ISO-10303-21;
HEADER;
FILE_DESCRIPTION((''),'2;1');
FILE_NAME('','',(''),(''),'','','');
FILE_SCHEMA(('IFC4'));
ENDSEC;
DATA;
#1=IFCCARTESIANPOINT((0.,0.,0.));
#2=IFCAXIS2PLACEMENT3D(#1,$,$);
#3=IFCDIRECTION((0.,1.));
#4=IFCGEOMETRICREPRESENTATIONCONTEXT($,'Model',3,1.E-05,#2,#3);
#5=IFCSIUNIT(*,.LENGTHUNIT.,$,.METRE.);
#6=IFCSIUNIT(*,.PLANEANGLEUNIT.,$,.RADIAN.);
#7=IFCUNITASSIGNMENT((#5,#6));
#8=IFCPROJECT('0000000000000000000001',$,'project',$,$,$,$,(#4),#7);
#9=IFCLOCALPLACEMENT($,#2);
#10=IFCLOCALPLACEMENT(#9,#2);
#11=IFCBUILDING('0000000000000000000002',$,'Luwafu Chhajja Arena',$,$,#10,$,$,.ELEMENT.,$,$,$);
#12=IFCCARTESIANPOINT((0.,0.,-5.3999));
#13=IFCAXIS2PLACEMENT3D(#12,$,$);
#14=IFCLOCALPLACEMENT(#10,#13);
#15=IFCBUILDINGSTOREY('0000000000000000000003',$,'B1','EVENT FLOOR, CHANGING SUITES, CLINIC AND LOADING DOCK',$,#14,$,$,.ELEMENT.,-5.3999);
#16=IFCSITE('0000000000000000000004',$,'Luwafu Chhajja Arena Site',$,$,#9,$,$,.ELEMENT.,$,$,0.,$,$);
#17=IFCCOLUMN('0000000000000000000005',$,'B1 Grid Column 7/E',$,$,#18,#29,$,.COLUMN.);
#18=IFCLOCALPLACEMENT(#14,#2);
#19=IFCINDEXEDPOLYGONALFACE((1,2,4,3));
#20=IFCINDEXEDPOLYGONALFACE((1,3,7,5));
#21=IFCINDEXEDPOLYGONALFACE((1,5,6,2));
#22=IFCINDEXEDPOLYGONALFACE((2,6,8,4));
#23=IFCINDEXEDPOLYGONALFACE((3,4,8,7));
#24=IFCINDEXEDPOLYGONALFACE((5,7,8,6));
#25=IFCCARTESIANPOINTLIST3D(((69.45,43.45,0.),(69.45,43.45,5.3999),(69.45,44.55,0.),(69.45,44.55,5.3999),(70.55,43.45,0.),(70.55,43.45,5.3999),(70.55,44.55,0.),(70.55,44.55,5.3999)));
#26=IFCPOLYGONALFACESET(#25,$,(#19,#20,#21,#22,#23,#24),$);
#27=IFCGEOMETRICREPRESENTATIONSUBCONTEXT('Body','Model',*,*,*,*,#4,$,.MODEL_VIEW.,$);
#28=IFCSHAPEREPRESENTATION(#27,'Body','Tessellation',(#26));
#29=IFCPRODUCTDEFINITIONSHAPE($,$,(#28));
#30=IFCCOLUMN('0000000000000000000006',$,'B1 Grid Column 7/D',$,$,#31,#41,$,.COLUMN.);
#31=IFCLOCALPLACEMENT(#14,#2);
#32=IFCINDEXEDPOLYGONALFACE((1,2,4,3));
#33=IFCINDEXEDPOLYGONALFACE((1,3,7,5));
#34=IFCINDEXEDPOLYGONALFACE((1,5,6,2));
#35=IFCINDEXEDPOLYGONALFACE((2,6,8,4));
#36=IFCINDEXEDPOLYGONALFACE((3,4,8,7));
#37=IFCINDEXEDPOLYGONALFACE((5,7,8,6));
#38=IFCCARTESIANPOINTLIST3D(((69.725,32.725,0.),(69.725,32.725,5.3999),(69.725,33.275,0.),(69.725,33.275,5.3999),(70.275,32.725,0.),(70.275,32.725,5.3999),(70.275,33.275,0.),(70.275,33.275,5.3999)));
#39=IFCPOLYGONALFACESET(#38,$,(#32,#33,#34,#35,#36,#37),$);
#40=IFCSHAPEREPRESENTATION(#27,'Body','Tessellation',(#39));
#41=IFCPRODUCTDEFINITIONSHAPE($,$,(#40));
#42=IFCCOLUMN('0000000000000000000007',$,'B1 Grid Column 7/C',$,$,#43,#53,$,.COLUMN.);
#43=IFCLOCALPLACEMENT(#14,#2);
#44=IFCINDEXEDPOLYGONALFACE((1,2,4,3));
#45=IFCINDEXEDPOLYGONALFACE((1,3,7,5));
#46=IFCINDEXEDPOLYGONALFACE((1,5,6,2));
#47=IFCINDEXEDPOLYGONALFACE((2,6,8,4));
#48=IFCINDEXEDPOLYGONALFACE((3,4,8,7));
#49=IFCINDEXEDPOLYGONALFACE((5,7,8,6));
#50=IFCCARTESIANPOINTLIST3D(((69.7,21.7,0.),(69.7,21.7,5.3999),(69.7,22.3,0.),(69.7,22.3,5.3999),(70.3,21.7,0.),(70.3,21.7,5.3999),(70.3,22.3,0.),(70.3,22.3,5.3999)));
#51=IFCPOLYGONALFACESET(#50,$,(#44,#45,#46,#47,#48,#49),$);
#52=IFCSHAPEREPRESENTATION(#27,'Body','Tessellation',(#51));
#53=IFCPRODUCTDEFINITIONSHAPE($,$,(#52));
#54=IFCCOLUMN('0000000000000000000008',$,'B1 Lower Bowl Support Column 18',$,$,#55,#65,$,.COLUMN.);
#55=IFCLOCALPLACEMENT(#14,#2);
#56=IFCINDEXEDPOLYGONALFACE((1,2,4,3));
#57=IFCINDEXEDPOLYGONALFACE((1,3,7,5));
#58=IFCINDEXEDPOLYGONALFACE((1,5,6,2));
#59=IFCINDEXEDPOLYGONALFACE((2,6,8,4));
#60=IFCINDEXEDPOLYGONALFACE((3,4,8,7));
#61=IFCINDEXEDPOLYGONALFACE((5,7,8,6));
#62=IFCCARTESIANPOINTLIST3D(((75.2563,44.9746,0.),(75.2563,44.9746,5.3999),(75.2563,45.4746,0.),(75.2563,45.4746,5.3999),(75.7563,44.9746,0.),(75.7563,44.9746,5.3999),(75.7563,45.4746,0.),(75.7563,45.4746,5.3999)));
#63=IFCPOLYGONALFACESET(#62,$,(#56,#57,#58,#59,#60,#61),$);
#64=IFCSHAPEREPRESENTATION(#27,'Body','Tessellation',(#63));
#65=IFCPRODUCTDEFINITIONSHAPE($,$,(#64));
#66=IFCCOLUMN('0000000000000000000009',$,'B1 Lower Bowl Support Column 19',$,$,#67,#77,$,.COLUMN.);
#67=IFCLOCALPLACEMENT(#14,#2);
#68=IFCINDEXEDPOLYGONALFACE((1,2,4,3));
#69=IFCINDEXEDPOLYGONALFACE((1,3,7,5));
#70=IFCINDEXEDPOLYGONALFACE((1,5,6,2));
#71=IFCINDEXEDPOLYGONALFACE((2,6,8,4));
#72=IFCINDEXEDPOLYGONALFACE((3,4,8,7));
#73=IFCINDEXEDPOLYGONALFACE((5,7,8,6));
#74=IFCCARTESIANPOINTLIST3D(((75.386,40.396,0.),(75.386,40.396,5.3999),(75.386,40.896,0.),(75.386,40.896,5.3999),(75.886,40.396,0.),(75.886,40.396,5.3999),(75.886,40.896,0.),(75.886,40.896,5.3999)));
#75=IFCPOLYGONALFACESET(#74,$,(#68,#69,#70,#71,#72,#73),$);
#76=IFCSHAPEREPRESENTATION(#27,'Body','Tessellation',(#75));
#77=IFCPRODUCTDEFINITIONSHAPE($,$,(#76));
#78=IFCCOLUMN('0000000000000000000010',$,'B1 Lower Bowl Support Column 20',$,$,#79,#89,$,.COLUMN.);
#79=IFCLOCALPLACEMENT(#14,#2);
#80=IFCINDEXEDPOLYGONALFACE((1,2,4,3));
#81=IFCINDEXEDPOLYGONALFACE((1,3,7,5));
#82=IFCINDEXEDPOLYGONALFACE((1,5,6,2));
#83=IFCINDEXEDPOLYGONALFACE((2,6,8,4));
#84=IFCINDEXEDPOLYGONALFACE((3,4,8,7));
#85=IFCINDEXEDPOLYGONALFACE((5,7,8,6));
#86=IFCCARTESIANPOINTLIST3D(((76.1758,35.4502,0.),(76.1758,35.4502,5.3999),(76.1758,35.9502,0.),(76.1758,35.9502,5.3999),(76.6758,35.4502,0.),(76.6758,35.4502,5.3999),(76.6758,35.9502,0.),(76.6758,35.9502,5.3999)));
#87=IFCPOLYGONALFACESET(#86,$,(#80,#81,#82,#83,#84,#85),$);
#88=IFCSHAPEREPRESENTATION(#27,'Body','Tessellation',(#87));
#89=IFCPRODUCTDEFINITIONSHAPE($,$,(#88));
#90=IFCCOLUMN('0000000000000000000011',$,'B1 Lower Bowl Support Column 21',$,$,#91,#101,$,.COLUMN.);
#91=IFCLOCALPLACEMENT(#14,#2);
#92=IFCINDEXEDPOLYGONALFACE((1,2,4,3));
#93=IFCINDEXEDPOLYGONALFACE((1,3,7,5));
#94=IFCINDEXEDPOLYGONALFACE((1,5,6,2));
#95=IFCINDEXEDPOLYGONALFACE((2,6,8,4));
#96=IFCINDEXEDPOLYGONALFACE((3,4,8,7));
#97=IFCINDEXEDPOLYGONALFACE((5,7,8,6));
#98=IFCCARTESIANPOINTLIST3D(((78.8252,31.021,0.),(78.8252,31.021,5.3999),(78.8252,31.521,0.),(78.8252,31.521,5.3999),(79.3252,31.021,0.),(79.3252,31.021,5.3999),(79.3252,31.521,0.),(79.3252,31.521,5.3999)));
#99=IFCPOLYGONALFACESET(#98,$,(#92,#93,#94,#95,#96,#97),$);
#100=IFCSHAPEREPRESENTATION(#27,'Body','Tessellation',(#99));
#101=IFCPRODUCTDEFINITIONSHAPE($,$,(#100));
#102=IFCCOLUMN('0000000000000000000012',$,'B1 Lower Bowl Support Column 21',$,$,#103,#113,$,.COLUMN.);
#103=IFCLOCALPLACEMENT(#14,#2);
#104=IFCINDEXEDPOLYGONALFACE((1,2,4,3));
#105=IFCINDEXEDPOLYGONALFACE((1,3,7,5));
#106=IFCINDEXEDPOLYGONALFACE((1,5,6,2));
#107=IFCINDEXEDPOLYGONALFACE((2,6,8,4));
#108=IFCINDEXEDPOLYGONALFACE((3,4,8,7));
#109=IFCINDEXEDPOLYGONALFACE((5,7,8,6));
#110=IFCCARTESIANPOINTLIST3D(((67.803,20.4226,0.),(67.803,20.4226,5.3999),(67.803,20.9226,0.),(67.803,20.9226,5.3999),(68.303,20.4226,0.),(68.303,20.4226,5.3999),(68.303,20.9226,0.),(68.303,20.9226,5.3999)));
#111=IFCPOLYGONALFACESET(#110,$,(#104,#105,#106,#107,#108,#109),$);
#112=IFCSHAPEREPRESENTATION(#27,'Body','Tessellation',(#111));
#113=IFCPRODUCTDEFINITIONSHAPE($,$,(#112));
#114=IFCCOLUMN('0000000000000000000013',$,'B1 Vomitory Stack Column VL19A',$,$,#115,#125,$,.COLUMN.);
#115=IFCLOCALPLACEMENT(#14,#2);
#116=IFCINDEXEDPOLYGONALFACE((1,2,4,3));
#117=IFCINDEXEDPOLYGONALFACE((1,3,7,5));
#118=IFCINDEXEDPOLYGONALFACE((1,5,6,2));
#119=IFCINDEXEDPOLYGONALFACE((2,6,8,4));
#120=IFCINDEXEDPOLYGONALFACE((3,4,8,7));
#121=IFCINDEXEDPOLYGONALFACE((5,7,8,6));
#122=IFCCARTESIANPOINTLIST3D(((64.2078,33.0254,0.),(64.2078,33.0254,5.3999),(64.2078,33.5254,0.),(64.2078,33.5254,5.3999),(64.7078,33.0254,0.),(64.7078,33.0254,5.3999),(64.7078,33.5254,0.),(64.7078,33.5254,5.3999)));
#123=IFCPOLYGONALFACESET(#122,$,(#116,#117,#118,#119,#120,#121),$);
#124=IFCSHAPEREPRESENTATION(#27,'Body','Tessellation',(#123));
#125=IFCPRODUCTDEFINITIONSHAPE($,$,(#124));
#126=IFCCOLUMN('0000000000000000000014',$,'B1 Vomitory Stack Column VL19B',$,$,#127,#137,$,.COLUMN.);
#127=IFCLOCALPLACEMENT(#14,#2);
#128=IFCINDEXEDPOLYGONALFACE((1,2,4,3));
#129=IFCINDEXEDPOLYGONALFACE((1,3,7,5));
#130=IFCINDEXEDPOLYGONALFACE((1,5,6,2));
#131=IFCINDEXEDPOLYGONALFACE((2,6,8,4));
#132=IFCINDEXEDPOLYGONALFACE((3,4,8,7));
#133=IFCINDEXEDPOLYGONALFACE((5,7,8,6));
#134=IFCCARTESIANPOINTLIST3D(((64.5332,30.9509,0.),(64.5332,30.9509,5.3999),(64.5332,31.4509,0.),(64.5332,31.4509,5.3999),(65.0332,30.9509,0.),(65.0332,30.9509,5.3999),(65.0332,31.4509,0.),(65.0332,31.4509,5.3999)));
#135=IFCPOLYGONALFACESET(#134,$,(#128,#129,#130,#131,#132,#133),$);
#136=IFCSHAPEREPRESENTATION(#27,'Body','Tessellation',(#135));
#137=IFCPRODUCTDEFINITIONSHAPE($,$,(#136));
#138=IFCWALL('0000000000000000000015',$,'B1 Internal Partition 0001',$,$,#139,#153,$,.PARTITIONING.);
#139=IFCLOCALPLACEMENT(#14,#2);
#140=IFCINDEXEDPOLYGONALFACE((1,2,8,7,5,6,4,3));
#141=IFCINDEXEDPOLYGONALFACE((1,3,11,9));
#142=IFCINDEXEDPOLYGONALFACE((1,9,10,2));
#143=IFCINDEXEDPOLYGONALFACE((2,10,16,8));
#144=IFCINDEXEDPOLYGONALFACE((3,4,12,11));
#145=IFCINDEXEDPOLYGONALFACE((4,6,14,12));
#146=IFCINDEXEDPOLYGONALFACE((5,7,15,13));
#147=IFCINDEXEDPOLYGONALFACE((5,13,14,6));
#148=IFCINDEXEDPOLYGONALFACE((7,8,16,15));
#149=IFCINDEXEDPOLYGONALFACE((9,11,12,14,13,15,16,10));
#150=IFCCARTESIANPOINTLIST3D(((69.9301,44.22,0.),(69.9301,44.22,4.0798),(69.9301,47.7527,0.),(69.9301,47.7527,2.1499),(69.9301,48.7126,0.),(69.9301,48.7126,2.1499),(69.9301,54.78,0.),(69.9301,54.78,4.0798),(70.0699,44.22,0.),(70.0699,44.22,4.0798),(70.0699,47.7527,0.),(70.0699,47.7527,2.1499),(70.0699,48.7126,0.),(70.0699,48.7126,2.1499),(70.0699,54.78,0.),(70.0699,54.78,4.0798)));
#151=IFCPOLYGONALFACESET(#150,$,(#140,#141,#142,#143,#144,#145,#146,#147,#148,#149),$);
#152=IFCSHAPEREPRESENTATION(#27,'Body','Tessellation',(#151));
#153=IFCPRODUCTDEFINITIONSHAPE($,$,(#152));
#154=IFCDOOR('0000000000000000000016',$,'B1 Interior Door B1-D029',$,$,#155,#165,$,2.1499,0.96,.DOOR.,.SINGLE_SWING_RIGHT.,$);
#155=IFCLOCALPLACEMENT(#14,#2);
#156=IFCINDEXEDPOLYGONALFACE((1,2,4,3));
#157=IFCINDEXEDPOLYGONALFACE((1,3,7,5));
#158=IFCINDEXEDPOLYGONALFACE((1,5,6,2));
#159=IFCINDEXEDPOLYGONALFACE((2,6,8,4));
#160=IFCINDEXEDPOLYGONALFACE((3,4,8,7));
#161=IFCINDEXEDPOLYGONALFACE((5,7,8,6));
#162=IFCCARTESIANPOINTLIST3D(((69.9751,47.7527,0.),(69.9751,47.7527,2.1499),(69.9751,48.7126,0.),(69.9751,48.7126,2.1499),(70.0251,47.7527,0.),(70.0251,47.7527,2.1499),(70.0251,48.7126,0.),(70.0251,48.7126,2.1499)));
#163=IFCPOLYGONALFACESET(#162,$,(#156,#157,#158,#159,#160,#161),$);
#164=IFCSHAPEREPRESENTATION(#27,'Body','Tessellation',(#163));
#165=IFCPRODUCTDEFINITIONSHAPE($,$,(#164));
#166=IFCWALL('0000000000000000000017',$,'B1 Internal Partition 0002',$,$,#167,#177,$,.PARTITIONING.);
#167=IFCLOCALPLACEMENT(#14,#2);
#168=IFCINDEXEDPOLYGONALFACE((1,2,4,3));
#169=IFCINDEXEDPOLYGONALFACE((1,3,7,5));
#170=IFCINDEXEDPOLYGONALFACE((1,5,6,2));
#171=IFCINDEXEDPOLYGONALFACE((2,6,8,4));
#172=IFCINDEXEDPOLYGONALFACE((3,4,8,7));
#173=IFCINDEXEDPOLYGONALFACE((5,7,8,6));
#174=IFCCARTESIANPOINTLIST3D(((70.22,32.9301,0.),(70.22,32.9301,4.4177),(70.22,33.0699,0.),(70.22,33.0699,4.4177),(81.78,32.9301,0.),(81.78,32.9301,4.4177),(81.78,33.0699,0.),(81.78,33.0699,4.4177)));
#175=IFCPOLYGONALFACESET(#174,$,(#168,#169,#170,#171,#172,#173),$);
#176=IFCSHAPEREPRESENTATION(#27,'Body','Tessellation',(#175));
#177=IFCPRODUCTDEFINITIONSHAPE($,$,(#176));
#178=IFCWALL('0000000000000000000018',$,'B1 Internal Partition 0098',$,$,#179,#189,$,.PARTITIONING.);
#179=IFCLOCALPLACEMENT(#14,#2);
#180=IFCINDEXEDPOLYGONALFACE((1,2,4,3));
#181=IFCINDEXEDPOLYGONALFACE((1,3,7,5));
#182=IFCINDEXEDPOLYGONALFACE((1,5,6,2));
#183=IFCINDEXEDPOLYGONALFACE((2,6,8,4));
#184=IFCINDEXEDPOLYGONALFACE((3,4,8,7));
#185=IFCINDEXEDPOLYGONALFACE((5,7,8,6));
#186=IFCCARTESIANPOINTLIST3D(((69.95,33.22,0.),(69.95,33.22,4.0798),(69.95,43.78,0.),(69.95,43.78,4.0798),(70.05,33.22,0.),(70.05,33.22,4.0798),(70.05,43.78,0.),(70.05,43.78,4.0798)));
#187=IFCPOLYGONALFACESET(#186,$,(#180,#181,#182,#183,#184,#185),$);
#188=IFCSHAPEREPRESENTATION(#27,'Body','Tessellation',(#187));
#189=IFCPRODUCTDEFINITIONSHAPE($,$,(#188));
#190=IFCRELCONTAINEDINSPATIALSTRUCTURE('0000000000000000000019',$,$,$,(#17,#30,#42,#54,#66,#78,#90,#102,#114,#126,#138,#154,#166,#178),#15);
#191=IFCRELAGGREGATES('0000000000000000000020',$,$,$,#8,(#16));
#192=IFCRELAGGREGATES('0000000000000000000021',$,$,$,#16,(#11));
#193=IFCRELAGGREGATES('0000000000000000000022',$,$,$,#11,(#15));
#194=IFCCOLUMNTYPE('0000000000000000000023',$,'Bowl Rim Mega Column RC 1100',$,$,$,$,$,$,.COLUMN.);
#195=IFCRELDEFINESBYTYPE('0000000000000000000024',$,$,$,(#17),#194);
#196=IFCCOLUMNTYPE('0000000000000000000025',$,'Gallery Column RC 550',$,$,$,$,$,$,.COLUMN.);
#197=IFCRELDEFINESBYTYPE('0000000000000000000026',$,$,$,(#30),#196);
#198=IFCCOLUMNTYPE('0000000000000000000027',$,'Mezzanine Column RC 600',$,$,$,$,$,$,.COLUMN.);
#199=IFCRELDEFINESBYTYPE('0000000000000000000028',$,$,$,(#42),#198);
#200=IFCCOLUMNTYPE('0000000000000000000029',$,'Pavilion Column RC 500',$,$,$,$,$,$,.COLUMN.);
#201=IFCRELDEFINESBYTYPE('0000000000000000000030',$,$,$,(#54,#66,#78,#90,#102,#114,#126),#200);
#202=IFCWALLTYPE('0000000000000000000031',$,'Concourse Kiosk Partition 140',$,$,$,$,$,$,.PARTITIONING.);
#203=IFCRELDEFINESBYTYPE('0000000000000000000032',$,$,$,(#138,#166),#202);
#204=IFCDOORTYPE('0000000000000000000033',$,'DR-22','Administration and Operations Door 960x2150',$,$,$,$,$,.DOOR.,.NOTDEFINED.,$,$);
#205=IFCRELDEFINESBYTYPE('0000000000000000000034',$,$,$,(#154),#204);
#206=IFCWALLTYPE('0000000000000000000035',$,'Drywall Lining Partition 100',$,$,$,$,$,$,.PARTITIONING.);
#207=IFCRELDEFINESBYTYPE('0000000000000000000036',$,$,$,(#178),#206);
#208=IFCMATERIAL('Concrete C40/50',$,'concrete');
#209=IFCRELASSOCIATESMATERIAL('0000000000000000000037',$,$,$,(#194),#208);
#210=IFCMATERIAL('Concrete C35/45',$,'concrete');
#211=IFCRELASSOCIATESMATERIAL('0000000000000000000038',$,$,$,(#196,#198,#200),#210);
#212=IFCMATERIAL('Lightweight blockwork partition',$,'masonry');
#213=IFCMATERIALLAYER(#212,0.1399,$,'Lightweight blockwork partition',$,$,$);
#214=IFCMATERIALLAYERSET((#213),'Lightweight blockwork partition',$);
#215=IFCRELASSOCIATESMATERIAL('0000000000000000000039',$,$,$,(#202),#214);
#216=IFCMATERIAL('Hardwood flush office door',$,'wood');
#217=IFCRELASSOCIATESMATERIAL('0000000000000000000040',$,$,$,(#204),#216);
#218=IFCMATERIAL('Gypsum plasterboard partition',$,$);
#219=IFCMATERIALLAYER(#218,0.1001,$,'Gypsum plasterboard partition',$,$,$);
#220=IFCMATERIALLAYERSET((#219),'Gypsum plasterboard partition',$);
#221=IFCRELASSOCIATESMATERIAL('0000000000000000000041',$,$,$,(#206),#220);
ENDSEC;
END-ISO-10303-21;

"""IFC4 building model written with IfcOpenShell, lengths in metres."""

from ifc_helpers import new_model, si_unit, direction, frame, frame_2d, origin, origin_2d, place, context, subcontext, project, spatial, rectangle, extrude, material, layer, layer_set, material_profile, profile_set, type_object, element, fill, save


model = new_model("IFC4")

# Units and contexts
model_context = context("Model", 3, precision=1e-05, world=origin(), true_north=direction((0.0, 1.0)))
body_context = subcontext(model_context, "Body", "Model", "MODEL_VIEW")
ifc_project = project(units=[si_unit("LENGTHUNIT", "METRE"), si_unit("PLANEANGLEUNIT", "RADIAN")], contexts=[model_context])

# Site, building, storey
site_placement = place(None, origin())
site = spatial("IfcSite", under=ifc_project, at=site_placement, Name="Luwafu Chhajja Arena Site", CompositionType="ELEMENT", RefElevation=0.0)
building_placement = place(site_placement, origin())
building = spatial("IfcBuilding", under=site, at=building_placement, Name="Luwafu Chhajja Arena", CompositionType="ELEMENT")
storey_placement = place(building_placement, frame((0.0, 0.0, -5.3999)))
storey = spatial("IfcBuildingStorey", under=building, at=storey_placement, Name="B1", Description="EVENT FLOOR, CHANGING SUITES, CLINIC AND LOADING DOCK", CompositionType="ELEMENT", Elevation=-5.3999)

# Shared definitions
ifc_material_1 = material(Name="Concrete C35/45", Category="concrete")

# Columns
ifc_material_2 = material(Name="Concrete C40/50", Category="concrete")
ifc_material_profile_1 = material_profile(ifc_material_2, rectangle(XDim=1.1001, YDim=1.1001, at=origin_2d()), Name="RC 1100x1100")
ifc_profile_set_1 = profile_set([ifc_material_profile_1], Name="Concrete C40/50")
column_type_1 = type_object("IfcColumnType", Name="Bowl Rim Mega Column RC 1100", PredefinedType="COLUMN", material=ifc_profile_set_1)
column_1_placement = place(storey_placement, frame((70.0, 44.0, 0.0), z_axis=(0.0, 0.0, 1.0), x_axis=(1.0, 0.0, 0.0)))
element("IfcColumn", 1, at=column_1_placement, inside=storey, type_object=column_type_1, Name="B1 Grid Column 7/E", PredefinedType="COLUMN", context=body_context, shape_type="SweptSolid", body=[
    extrude(rectangle(XDim=1.1001, YDim=1.1001, at=origin_2d()), origin(), (0.0, 0.0, 1.0), 5.3999),
])
ifc_material_profile_2 = material_profile(ifc_material_1, rectangle(XDim=0.55, YDim=0.55, at=origin_2d()), Name="RC 550x550")
ifc_profile_set_2 = profile_set([ifc_material_profile_2], Name="Concrete C35/45")
column_type_2 = type_object("IfcColumnType", Name="Gallery Column RC 550", PredefinedType="COLUMN", material=ifc_profile_set_2)
column_2_placement = place(storey_placement, frame((70.0, 33.0, 0.0), z_axis=(0.0, 0.0, 1.0), x_axis=(1.0, 0.0, 0.0)))
element("IfcColumn", 2, at=column_2_placement, inside=storey, type_object=column_type_2, Name="B1 Grid Column 7/D", PredefinedType="COLUMN", context=body_context, shape_type="SweptSolid", body=[
    extrude(rectangle(XDim=0.55, YDim=0.55, at=origin_2d()), origin(), (0.0, 0.0, 1.0), 5.3999),
])
ifc_material_profile_3 = material_profile(ifc_material_1, rectangle(XDim=0.6001, YDim=0.6001, at=origin_2d()), Name="RC 600x600")
ifc_profile_set_3 = profile_set([ifc_material_profile_3], Name="Concrete C35/45")
column_type_3 = type_object("IfcColumnType", Name="Mezzanine Column RC 600", PredefinedType="COLUMN", material=ifc_profile_set_3)
column_3_placement = place(storey_placement, frame((70.0, 22.0, 0.0), z_axis=(0.0, 0.0, 1.0), x_axis=(1.0, 0.0, 0.0)))
element("IfcColumn", 3, at=column_3_placement, inside=storey, type_object=column_type_3, Name="B1 Grid Column 7/C", PredefinedType="COLUMN", context=body_context, shape_type="SweptSolid", body=[
    extrude(rectangle(XDim=0.6001, YDim=0.6001, at=origin_2d()), origin(), (0.0, 0.0, 1.0), 5.3999),
])
ifc_material_profile_4 = material_profile(ifc_material_1, rectangle(XDim=0.5, YDim=0.5, at=origin_2d()), Name="RC 500x500")
ifc_profile_set_4 = profile_set([ifc_material_profile_4], Name="Concrete C35/45")
column_type_4 = type_object("IfcColumnType", Name="Pavilion Column RC 500", PredefinedType="COLUMN", material=ifc_profile_set_4)
for number, where, z_axis, x_axis, name in (
    (4, (75.5063, 45.2246, 0.0), (0.0, 0.0, 1.0), (1.0, 0.0, 0.0), "B1 Lower Bowl Support Column 18"),
    (5, (75.636, 40.646, 0.0), (0.0, 0.0, 1.0), (1.0, 0.0, 0.0), "B1 Lower Bowl Support Column 19"),
    (6, (76.4258, 35.7002, 0.0), (0.0, 0.0, 1.0), (1.0, 0.0, 0.0), "B1 Lower Bowl Support Column 20"),
    (7, (79.0752, 31.271, 0.0), (0.0, 0.0, 1.0), (1.0, 0.0, 0.0), "B1 Lower Bowl Support Column 21"),
    (8, (68.053, 20.6726, 0.0), (0.0, 0.0, 1.0), (1.0, 0.0, 0.0), "B1 Lower Bowl Support Column 21"),
    (9, (64.4578, 33.2754, 0.0), (0.0, 0.0, 1.0), (1.0, 0.0, 0.0), "B1 Vomitory Stack Column VL19A"),
    (10, (64.7832, 31.2009, 0.0), (0.0, 0.0, 1.0), (1.0, 0.0, 0.0), "B1 Vomitory Stack Column VL19B"),
):
    element("IfcColumn", number, at=place(storey_placement, frame(where, z_axis=z_axis, x_axis=x_axis)), inside=storey, type_object=column_type_4, Name=name, PredefinedType="COLUMN", context=body_context, shape_type="SweptSolid", body=[
        extrude(rectangle(XDim=0.5, YDim=0.5, at=origin_2d()), origin(), (0.0, 0.0, 1.0), 5.3999),
    ])

# Wall, opening, door
ifc_material_3 = material(Name="Lightweight blockwork partition", Category="masonry")
ifc_layer_1 = layer(ifc_material_3, 0.1399, Name="Lightweight blockwork partition")
ifc_layer_set_1 = layer_set([ifc_layer_1], Name="Lightweight blockwork partition")
wall_type_1 = type_object("IfcWallType", Name="Concourse Kiosk Partition 140", PredefinedType="PARTITIONING", material=ifc_layer_set_1)
wall_1_placement = place(storey_placement, frame((70.0, 44.22, 0.0), z_axis=(0.0, 0.0, 1.0), x_axis=(0.0, 1.0, 0.0)))
wall_1 = element("IfcWall", 11, at=wall_1_placement, inside=storey, type_object=wall_type_1, Name="B1 Internal Partition 0001", PredefinedType="PARTITIONING", context=body_context, shape_type="SweptSolid", body=[
    extrude(rectangle(XDim=10.5601, YDim=0.1399, at=frame_2d((5.28, 0.0))), origin(), (0.0, 0.0, 1.0), 4.0798),
])
opening_placement = place(wall_1_placement, frame((3.5327, 0.0, 0.0)))
opening = element("IfcOpeningElement", 12, at=opening_placement, cuts=wall_1, PredefinedType="OPENING", context=body_context, shape_type="SweptSolid", body=[
    extrude(rectangle(XDim=0.96, YDim=2.1499, at=frame_2d((0.48, 1.075))), frame((0.0, 0.0798, 0.0), z_axis=(0.0, -1.0, 0.0), x_axis=(1.0, 0.0, 0.0)), (0.0, 0.0, 1.0), 0.1599),
])
ifc_material_4 = material(Name="Hardwood flush office door", Category="wood")
door_type = type_object("IfcDoorType", Name="DR-22", Description="Administration and Operations Door 960x2150", OperationType="NOTDEFINED", PredefinedType="DOOR", material=ifc_material_4)
door_placement = place(opening_placement, origin())
door = element("IfcDoor", 13, at=door_placement, inside=storey, type_object=door_type, Name="B1 Interior Door B1-D029", OperationType="SINGLE_SWING_RIGHT", OverallHeight=2.1499, OverallWidth=0.96, PredefinedType="DOOR", context=body_context, shape_type="SweptSolid", body=[
    extrude(rectangle(XDim=0.96, YDim=2.1499, at=frame_2d((0.48, 1.075))), frame((0.0, 0.0249, 0.0), z_axis=(0.0, -1.0, 0.0), x_axis=(1.0, 0.0, 0.0)), (0.0, 0.0, 1.0), 0.05),
])
fill(opening, door)

# Walls
wall_2_placement = place(storey_placement, frame((70.22, 33.0, 0.0), z_axis=(0.0, 0.0, 1.0), x_axis=(1.0, 0.0, 0.0)))
element("IfcWall", 14, at=wall_2_placement, inside=storey, type_object=wall_type_1, Name="B1 Internal Partition 0002", PredefinedType="PARTITIONING", context=body_context, shape_type="SweptSolid", body=[
    extrude(rectangle(XDim=11.5601, YDim=0.1399, at=frame_2d((5.78, 0.0))), origin(), (0.0, 0.0, 1.0), 4.4177),
])
ifc_material_5 = material(Name="Gypsum plasterboard partition")
ifc_layer_2 = layer(ifc_material_5, 0.1001, Name="Gypsum plasterboard partition")
ifc_layer_set_2 = layer_set([ifc_layer_2], Name="Gypsum plasterboard partition")
wall_type_2 = type_object("IfcWallType", Name="Drywall Lining Partition 100", PredefinedType="PARTITIONING", material=ifc_layer_set_2)
wall_3_placement = place(storey_placement, frame((70.0, 33.22, 0.0), z_axis=(0.0, 0.0, 1.0), x_axis=(0.0, 1.0, 0.0)))
element("IfcWall", 15, at=wall_3_placement, inside=storey, type_object=wall_type_2, Name="B1 Internal Partition 0098", PredefinedType="PARTITIONING", context=body_context, shape_type="SweptSolid", body=[
    extrude(rectangle(XDim=10.5601, YDim=0.1001, at=frame_2d((5.28, 0.0))), origin(), (0.0, 0.0, 1.0), 4.0798),
])

save(model, "model.ifc")
